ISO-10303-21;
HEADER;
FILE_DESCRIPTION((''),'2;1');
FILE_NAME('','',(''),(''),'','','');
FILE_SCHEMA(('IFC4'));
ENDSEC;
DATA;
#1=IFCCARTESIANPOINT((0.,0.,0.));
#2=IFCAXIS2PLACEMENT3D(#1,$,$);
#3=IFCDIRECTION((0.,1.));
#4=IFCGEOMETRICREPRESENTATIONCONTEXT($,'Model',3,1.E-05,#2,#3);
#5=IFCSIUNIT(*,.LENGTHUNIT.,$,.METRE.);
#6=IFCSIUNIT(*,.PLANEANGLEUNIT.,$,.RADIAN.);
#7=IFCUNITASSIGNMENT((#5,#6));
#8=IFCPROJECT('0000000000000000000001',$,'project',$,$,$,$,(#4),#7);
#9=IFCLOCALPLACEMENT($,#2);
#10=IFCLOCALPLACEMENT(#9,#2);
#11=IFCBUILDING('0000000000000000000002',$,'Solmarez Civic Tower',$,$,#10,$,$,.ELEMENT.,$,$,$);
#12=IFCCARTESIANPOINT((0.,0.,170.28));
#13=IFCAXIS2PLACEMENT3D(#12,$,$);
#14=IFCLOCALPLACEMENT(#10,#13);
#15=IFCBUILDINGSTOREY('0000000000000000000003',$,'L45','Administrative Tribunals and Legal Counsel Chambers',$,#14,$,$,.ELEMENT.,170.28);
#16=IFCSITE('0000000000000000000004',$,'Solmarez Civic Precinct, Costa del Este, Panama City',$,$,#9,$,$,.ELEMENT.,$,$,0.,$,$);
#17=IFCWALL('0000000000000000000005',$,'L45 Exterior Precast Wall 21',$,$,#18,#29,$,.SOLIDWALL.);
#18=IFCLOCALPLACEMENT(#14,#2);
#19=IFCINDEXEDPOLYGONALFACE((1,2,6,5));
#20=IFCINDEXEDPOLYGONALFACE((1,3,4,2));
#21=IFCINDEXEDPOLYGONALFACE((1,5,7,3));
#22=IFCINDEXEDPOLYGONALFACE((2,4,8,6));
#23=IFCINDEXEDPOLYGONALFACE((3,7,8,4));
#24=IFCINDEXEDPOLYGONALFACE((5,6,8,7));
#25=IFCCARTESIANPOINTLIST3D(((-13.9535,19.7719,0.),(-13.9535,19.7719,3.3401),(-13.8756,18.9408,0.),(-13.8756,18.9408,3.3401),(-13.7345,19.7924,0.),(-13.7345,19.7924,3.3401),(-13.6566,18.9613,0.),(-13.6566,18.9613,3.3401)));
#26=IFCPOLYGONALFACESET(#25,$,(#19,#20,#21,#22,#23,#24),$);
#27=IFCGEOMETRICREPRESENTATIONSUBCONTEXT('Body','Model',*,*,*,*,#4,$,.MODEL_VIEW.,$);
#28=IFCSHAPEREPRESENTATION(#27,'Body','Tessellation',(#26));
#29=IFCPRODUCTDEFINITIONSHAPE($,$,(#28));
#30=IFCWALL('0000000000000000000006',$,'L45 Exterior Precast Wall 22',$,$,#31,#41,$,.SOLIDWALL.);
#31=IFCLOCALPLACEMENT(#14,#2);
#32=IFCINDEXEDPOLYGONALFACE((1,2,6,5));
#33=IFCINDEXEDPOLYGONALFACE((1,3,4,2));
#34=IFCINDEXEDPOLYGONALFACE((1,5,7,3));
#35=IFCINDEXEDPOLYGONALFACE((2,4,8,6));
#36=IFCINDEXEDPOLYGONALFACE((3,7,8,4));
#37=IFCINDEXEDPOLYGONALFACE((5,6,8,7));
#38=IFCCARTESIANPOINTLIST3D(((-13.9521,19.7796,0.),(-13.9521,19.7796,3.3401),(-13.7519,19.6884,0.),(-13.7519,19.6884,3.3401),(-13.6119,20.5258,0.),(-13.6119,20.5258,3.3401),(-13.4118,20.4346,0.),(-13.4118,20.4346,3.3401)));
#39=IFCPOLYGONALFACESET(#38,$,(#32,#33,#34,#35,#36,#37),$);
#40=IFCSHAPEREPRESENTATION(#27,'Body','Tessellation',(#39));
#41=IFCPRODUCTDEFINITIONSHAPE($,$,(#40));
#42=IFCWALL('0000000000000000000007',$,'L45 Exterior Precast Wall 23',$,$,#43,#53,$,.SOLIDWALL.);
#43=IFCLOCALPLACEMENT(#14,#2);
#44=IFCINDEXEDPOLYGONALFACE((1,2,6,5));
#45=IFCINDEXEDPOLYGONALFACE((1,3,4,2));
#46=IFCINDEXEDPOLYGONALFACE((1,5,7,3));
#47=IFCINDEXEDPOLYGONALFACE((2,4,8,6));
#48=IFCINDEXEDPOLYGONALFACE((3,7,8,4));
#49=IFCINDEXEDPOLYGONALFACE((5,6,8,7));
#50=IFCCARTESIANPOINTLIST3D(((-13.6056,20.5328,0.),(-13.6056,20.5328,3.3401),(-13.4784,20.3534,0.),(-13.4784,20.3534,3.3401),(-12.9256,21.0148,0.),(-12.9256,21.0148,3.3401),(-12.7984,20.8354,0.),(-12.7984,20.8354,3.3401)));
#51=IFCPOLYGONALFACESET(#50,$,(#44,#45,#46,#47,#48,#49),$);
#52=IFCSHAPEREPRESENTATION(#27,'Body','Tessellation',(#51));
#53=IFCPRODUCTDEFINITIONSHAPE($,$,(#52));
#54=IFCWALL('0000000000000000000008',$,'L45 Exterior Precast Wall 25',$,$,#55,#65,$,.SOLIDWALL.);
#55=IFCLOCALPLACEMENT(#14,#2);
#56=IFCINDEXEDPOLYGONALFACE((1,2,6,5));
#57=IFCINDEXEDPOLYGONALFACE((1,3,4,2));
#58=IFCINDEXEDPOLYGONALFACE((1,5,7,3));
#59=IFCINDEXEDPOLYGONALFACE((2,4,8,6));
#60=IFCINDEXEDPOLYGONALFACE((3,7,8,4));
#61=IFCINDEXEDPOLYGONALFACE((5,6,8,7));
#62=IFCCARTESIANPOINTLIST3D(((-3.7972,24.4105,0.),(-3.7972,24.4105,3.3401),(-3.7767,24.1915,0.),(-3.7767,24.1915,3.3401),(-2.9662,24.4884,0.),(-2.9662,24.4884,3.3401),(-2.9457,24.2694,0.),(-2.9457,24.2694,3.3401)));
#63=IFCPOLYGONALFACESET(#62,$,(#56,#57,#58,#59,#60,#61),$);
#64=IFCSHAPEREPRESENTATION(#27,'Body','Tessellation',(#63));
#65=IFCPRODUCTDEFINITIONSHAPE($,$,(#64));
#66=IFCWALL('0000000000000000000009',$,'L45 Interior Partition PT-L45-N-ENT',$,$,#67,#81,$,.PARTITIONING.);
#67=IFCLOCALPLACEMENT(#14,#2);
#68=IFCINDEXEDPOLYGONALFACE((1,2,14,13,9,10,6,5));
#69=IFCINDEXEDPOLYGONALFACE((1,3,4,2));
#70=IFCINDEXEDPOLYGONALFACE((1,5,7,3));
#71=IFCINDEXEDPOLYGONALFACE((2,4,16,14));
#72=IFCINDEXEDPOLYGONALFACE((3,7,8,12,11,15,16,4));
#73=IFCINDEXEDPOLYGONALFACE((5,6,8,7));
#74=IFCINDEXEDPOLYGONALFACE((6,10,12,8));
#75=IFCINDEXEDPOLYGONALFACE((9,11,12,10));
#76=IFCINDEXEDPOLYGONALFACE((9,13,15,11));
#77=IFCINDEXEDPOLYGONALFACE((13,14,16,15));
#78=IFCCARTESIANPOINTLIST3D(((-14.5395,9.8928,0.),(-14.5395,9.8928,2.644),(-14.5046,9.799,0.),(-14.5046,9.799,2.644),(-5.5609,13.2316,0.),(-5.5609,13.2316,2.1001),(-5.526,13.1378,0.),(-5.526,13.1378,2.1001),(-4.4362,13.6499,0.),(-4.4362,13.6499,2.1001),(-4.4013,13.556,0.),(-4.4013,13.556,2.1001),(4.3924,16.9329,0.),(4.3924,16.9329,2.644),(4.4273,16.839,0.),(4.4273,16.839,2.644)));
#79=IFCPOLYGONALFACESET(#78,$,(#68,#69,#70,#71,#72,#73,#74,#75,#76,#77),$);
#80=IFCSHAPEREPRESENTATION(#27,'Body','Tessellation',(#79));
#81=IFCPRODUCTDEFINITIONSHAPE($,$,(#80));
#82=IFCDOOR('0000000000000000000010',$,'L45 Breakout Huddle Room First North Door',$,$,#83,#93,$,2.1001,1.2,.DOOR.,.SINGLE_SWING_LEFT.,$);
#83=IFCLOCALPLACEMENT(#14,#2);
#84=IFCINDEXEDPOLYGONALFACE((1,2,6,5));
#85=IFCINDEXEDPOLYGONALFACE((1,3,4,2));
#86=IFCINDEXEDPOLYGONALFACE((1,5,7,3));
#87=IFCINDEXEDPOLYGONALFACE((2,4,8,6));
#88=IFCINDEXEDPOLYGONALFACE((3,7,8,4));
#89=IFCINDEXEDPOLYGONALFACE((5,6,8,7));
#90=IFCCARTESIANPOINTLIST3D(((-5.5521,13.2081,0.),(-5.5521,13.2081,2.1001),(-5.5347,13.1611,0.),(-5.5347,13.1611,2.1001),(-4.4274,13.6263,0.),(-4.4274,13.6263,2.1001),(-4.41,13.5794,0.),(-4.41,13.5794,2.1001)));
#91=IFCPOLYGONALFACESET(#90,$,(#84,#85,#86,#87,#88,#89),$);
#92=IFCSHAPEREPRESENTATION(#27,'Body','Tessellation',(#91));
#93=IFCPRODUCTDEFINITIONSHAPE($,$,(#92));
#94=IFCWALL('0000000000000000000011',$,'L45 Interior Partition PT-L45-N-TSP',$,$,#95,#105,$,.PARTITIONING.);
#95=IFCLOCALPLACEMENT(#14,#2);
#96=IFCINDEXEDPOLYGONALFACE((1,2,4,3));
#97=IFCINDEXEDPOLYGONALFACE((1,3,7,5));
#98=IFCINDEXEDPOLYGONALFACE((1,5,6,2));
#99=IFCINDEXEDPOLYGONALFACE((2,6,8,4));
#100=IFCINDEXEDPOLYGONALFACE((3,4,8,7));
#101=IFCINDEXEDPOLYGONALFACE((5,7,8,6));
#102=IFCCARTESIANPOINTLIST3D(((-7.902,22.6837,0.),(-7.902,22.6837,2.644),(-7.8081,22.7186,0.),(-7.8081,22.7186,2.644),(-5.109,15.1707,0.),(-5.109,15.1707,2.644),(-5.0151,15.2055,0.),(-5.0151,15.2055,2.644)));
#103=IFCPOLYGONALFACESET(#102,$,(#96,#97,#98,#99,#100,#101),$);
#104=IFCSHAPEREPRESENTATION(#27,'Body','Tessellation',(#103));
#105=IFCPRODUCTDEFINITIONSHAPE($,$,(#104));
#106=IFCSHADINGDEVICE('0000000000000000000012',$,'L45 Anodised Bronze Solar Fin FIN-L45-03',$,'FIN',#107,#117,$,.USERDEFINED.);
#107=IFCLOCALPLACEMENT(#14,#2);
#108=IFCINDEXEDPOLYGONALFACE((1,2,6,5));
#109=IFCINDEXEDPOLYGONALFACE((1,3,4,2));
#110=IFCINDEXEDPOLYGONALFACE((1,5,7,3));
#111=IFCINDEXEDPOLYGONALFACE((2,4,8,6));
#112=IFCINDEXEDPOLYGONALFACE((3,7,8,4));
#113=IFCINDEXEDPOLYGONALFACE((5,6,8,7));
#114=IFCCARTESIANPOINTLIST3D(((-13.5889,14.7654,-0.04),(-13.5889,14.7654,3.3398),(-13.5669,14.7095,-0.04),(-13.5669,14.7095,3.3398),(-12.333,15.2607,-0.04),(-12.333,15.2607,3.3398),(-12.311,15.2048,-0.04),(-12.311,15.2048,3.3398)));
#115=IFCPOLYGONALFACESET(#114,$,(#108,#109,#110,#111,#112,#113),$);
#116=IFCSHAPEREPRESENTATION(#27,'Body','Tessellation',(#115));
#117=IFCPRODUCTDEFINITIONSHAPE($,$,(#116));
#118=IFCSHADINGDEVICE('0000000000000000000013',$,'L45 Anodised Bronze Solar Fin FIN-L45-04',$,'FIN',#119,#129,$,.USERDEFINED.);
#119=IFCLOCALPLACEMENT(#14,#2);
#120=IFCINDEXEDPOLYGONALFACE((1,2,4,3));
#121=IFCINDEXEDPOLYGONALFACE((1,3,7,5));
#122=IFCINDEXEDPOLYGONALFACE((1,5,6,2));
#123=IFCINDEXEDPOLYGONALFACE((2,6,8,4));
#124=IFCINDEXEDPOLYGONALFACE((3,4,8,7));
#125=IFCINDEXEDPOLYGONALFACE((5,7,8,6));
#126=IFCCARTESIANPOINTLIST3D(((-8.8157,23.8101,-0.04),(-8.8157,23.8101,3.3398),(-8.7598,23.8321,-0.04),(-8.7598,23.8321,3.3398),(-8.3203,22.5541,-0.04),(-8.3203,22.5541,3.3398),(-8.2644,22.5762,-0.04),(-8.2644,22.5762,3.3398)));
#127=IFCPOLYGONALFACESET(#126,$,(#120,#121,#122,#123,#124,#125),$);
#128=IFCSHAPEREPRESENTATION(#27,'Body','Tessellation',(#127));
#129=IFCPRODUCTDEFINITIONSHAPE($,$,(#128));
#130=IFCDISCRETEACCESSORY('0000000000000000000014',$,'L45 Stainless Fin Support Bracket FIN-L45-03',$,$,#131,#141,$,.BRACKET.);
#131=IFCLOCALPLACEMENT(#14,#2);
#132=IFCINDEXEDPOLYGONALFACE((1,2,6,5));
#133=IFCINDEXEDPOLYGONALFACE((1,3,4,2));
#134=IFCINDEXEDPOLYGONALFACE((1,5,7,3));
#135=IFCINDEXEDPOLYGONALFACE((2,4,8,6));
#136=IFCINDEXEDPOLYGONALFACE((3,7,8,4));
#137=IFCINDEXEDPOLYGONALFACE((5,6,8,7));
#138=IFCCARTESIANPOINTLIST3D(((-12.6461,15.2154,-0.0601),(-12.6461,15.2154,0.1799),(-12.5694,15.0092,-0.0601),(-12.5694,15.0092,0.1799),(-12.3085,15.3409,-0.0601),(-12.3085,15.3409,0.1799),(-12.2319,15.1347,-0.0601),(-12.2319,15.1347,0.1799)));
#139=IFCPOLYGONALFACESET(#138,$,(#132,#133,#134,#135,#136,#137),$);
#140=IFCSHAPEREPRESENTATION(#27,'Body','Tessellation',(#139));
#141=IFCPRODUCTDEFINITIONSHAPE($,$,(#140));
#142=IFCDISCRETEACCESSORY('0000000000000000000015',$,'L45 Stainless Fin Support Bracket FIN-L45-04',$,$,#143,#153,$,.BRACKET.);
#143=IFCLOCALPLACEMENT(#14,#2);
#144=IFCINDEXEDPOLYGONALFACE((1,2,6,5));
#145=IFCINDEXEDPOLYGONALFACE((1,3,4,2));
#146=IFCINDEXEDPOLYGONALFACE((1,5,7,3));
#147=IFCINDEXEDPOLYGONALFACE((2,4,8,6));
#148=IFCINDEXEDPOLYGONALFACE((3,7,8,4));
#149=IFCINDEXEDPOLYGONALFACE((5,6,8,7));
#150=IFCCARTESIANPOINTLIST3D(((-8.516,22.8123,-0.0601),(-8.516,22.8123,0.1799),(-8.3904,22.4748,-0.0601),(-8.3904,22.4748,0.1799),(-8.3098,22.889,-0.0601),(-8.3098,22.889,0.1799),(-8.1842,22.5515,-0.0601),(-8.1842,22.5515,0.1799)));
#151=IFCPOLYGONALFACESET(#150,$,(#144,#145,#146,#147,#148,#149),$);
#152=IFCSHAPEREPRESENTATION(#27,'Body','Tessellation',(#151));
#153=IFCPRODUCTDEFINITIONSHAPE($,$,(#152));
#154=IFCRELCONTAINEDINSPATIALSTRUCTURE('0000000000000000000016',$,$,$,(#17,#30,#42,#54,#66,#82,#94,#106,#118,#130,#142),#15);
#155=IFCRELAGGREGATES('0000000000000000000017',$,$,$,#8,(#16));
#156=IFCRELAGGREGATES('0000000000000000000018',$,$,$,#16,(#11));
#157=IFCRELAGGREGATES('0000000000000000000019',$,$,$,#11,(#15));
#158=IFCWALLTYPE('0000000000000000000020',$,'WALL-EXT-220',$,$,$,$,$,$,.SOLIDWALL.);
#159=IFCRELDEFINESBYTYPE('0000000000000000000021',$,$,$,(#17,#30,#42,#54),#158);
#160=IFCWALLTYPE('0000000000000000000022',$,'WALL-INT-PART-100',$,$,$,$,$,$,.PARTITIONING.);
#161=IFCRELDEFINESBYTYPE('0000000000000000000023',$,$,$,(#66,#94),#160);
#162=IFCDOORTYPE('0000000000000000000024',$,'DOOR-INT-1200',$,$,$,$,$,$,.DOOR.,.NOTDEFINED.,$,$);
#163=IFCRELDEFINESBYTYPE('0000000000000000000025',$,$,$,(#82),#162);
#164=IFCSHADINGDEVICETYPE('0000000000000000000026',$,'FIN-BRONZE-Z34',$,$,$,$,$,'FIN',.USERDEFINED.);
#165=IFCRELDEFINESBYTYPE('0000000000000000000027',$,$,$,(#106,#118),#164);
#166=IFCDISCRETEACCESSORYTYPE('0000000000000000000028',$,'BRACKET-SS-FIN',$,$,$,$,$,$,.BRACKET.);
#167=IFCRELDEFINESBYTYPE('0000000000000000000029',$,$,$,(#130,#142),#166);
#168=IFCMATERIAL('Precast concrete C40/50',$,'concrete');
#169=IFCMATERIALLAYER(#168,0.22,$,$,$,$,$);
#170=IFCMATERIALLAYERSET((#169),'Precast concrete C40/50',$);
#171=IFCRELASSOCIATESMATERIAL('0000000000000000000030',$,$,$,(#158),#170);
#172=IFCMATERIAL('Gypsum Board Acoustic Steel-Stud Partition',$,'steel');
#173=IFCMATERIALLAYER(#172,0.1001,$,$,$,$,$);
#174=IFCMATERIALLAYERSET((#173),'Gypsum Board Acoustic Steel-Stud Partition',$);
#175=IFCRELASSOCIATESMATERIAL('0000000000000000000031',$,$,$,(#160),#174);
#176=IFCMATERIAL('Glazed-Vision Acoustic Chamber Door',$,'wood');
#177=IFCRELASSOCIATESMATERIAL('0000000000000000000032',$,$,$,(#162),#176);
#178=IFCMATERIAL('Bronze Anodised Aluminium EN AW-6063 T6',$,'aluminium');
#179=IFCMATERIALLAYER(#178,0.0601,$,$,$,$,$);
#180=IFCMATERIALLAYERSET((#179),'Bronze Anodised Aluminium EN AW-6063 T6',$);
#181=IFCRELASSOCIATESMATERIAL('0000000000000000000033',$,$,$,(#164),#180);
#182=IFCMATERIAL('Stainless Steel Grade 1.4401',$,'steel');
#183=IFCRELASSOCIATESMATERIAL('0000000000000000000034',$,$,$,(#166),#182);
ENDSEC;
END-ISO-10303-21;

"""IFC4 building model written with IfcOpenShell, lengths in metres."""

from ifc_helpers import new_model, si_unit, direction, frame, frame_2d, origin, origin_2d, place, context, subcontext, project, spatial, rectangle, extrude, material, layer, layer_set, type_object, element, fill, save


model = new_model("IFC4")

# Units and contexts
model_context = context("Model", 3, precision=1e-05, world=origin(), true_north=direction((0.0, 1.0)))
body_context = subcontext(model_context, "Body", "Model", "MODEL_VIEW")
ifc_project = project(units=[si_unit("LENGTHUNIT", "METRE"), si_unit("PLANEANGLEUNIT", "RADIAN")], contexts=[model_context])

# Site, building, storey
site_placement = place(None, origin())
site = spatial("IfcSite", under=ifc_project, at=site_placement, Name="Solmarez Civic Precinct, Costa del Este, Panama City", CompositionType="ELEMENT", RefElevation=0.0)
building_placement = place(site_placement, origin())
building = spatial("IfcBuilding", under=site, at=building_placement, Name="Solmarez Civic Tower", CompositionType="ELEMENT")
storey_placement = place(building_placement, frame((0.0, 0.0, 170.28)))
storey = spatial("IfcBuildingStorey", under=building, at=storey_placement, Name="L45", Description="Administrative Tribunals and Legal Counsel Chambers", CompositionType="ELEMENT", Elevation=170.28)

# Shared definitions
ifc_material_1 = material(Name="Bronze Anodised Aluminium EN AW-6063 T6", Category="aluminium")

# Shared definitions
ifc_material_2 = material(Name="Precast concrete C40/50", Category="concrete")
ifc_layer_1 = layer(ifc_material_2, 0.22)
ifc_layer_set_1 = layer_set([ifc_layer_1], Name="Precast concrete C40/50")
wall_type_1 = type_object("IfcWallType", Name="WALL-EXT-220", PredefinedType="SOLIDWALL", material=ifc_layer_set_1)

# Walls
wall_1_placement = place(storey_placement, frame((-13.7661, 18.9509, 0.0), z_axis=(0.0, 0.0, 1.0), x_axis=(-0.093304, 0.995638, 0.0)))
element("IfcWall", 1, at=wall_1_placement, inside=storey, type_object=wall_type_1, Name="L45 Exterior Precast Wall 21", PredefinedType="SOLIDWALL", context=body_context, shape_type="SweptSolid", body=[
    extrude(rectangle(XDim=0.8347, YDim=0.22, at=frame_2d((0.4175, 0.0))), origin(), (0.0, 0.0, 1.0), 3.3401),
])
wall_2_placement = place(storey_placement, frame((-13.8521, 19.7339, 0.0), z_axis=(0.0, 0.0, 1.0), x_axis=(0.414767, 0.909927, 0.0)))
element("IfcWall", 2, at=wall_2_placement, inside=storey, type_object=wall_type_1, Name="L45 Exterior Precast Wall 22", PredefinedType="SOLIDWALL", context=body_context, shape_type="SweptSolid", body=[
    extrude(rectangle(XDim=0.8201, YDim=0.22, at=frame_2d((0.4102, 0.0))), origin(), (0.0, 0.0, 1.0), 3.3401),
])
wall_3_placement = place(storey_placement, frame((-13.542, 20.4431, 0.0), z_axis=(0.0, 0.0, 1.0), x_axis=(0.815846, 0.578269, 0.0)))
element("IfcWall", 3, at=wall_3_placement, inside=storey, type_object=wall_type_1, Name="L45 Exterior Precast Wall 23", PredefinedType="SOLIDWALL", context=body_context, shape_type="SweptSolid", body=[
    extrude(rectangle(XDim=0.8335, YDim=0.22, at=frame_2d((0.4167, 0.0))), origin(), (0.0, 0.0, 1.0), 3.3401),
])
wall_4_placement = place(storey_placement, frame((-3.7871, 24.301, 0.0), z_axis=(0.0, 0.0, 1.0), x_axis=(0.995638, 0.093304, 0.0)))
element("IfcWall", 4, at=wall_4_placement, inside=storey, type_object=wall_type_1, Name="L45 Exterior Precast Wall 25", PredefinedType="SOLIDWALL", context=body_context, shape_type="SweptSolid", body=[
    extrude(rectangle(XDim=0.8347, YDim=0.22, at=frame_2d((0.4175, 0.0))), origin(), (0.0, 0.0, 1.0), 3.3401),
])

# Wall, opening, door
ifc_material_3 = material(Name="Gypsum Board Acoustic Steel-Stud Partition", Category="steel")
ifc_layer_2 = layer(ifc_material_3, 0.1001)
ifc_layer_set_2 = layer_set([ifc_layer_2], Name="Gypsum Board Acoustic Steel-Stud Partition")
wall_type_2 = type_object("IfcWallType", Name="WALL-INT-PART-100", PredefinedType="PARTITIONING", material=ifc_layer_set_2)
wall_5_placement = place(storey_placement, frame((-14.522, 9.8459, 0.0), z_axis=(0.0, 0.0, 1.0), x_axis=(0.937293, 0.348543, 0.0)))
wall_5 = element("IfcWall", 5, at=wall_5_placement, inside=storey, type_object=wall_type_2, Name="L45 Interior Partition PT-L45-N-ENT", PredefinedType="PARTITIONING", context=body_context, shape_type="SweptSolid", body=[
    extrude(rectangle(XDim=20.1985, YDim=0.1001, at=frame_2d((10.0991, 0.0))), origin(), (0.0, 0.0, 1.0), 2.644),
])
opening_1_placement = place(wall_5_placement, frame((9.5791, 0.0, 0.0)))
opening_1 = element("IfcOpeningElement", 6, at=opening_1_placement, cuts=wall_5, PredefinedType="OPENING", context=body_context, shape_type="SweptSolid", body=[
    extrude(rectangle(XDim=1.2, YDim=2.1001, at=frame_2d((0.6001, 1.05))), frame((0.0, 0.0601, 0.0), z_axis=(0.0, -1.0, 0.0), x_axis=(1.0, 0.0, 0.0)), (0.0, 0.0, 1.0), 0.1201),
])
ifc_material_4 = material(Name="Glazed-Vision Acoustic Chamber Door", Category="wood")
door_type = type_object("IfcDoorType", Name="DOOR-INT-1200", OperationType="NOTDEFINED", PredefinedType="DOOR", material=ifc_material_4)
door_placement = place(opening_1_placement, origin())
door = element("IfcDoor", 7, at=door_placement, inside=storey, type_object=door_type, Name="L45 Breakout Huddle Room First North Door", OperationType="SINGLE_SWING_LEFT", OverallHeight=2.1001, OverallWidth=1.2, PredefinedType="DOOR", context=body_context, shape_type="SweptSolid", body=[
    extrude(rectangle(XDim=1.2, YDim=2.1001, at=frame_2d((0.6001, 1.05))), frame((0.0, 0.0249, 0.0), z_axis=(0.0, -1.0, 0.0), x_axis=(1.0, 0.0, 0.0)), (0.0, 0.0, 1.0), 0.05),
])
fill(opening_1, door)

# Wall
wall_6_placement = place(storey_placement, frame((-5.062, 15.188, 0.0), z_axis=(0.0, 0.0, 1.0), x_axis=(-0.348455, 0.937326, 0.0)))
element("IfcWall", 8, at=wall_6_placement, inside=storey, type_object=wall_type_2, Name="L45 Interior Partition PT-L45-N-TSP", PredefinedType="PARTITIONING", context=body_context, shape_type="SweptSolid", body=[
    extrude(rectangle(XDim=8.0154, YDim=0.1001, at=frame_2d((4.0078, 0.0))), origin(), (0.0, 0.0, 1.0), 2.644),
])

# Shading devices
ifc_layer_3 = layer(ifc_material_1, 0.0601)
ifc_layer_set_3 = layer_set([ifc_layer_3], Name="Bronze Anodised Aluminium EN AW-6063 T6")
shading_device_type = type_object("IfcShadingDeviceType", Name="FIN-BRONZE-Z34", ElementType="FIN", PredefinedType="USERDEFINED", material=ifc_layer_set_3)
for number, where, z_axis, x_axis, name in (
    (9, (-12.95, 14.9851, -0.04), (0.0, 0.0, 1.0), (-0.93027, -0.366875, 0.0), "L45 Anodised Bronze Solar Fin FIN-L45-03"),
    (10, (-8.54, 23.1931, -0.04), (0.0, 0.0, 1.0), (-0.366907, 0.930258, 0.0), "L45 Anodised Bronze Solar Fin FIN-L45-04"),
):
    element("IfcShadingDevice", number, at=place(storey_placement, frame(where, z_axis=z_axis, x_axis=x_axis)), inside=storey, type_object=shading_device_type, Name=name, ObjectType="FIN", PredefinedType="USERDEFINED", context=body_context, shape_type="SweptSolid", body=[
        extrude(rectangle(XDim=1.3501, YDim=0.0601, at=origin_2d()), origin(), (0.0, 0.0, 1.0), 3.3799),
    ])

# Discrete accessories
ifc_material_5 = material(Name="Stainless Steel Grade 1.4401", Category="steel")
discrete_accessory_type = type_object("IfcDiscreteAccessoryType", Name="BRACKET-SS-FIN", PredefinedType="BRACKET", material=ifc_material_5)
for number, where, z_axis, x_axis, name in (
    (11, (-12.439, 15.175, -0.0601), (0.0, 0.0, 1.0), (-0.937284, -0.348566, 0.0), "L45 Stainless Fin Support Bracket FIN-L45-03"),
    (12, (-8.3501, 22.6819, -0.0601), (0.0, 0.0, 1.0), (-0.348599, 0.937272, 0.0), "L45 Stainless Fin Support Bracket FIN-L45-04"),
):
    element("IfcDiscreteAccessory", number, at=place(storey_placement, frame(where, z_axis=z_axis, x_axis=x_axis)), inside=storey, type_object=discrete_accessory_type, Name=name, PredefinedType="BRACKET", context=body_context, shape_type="SweptSolid", body=[
        extrude(rectangle(XDim=0.3601, YDim=0.22, at=origin_2d()), origin(), (0.0, 0.0, 1.0), 0.24),
    ])

save(model, "model.ifc")
